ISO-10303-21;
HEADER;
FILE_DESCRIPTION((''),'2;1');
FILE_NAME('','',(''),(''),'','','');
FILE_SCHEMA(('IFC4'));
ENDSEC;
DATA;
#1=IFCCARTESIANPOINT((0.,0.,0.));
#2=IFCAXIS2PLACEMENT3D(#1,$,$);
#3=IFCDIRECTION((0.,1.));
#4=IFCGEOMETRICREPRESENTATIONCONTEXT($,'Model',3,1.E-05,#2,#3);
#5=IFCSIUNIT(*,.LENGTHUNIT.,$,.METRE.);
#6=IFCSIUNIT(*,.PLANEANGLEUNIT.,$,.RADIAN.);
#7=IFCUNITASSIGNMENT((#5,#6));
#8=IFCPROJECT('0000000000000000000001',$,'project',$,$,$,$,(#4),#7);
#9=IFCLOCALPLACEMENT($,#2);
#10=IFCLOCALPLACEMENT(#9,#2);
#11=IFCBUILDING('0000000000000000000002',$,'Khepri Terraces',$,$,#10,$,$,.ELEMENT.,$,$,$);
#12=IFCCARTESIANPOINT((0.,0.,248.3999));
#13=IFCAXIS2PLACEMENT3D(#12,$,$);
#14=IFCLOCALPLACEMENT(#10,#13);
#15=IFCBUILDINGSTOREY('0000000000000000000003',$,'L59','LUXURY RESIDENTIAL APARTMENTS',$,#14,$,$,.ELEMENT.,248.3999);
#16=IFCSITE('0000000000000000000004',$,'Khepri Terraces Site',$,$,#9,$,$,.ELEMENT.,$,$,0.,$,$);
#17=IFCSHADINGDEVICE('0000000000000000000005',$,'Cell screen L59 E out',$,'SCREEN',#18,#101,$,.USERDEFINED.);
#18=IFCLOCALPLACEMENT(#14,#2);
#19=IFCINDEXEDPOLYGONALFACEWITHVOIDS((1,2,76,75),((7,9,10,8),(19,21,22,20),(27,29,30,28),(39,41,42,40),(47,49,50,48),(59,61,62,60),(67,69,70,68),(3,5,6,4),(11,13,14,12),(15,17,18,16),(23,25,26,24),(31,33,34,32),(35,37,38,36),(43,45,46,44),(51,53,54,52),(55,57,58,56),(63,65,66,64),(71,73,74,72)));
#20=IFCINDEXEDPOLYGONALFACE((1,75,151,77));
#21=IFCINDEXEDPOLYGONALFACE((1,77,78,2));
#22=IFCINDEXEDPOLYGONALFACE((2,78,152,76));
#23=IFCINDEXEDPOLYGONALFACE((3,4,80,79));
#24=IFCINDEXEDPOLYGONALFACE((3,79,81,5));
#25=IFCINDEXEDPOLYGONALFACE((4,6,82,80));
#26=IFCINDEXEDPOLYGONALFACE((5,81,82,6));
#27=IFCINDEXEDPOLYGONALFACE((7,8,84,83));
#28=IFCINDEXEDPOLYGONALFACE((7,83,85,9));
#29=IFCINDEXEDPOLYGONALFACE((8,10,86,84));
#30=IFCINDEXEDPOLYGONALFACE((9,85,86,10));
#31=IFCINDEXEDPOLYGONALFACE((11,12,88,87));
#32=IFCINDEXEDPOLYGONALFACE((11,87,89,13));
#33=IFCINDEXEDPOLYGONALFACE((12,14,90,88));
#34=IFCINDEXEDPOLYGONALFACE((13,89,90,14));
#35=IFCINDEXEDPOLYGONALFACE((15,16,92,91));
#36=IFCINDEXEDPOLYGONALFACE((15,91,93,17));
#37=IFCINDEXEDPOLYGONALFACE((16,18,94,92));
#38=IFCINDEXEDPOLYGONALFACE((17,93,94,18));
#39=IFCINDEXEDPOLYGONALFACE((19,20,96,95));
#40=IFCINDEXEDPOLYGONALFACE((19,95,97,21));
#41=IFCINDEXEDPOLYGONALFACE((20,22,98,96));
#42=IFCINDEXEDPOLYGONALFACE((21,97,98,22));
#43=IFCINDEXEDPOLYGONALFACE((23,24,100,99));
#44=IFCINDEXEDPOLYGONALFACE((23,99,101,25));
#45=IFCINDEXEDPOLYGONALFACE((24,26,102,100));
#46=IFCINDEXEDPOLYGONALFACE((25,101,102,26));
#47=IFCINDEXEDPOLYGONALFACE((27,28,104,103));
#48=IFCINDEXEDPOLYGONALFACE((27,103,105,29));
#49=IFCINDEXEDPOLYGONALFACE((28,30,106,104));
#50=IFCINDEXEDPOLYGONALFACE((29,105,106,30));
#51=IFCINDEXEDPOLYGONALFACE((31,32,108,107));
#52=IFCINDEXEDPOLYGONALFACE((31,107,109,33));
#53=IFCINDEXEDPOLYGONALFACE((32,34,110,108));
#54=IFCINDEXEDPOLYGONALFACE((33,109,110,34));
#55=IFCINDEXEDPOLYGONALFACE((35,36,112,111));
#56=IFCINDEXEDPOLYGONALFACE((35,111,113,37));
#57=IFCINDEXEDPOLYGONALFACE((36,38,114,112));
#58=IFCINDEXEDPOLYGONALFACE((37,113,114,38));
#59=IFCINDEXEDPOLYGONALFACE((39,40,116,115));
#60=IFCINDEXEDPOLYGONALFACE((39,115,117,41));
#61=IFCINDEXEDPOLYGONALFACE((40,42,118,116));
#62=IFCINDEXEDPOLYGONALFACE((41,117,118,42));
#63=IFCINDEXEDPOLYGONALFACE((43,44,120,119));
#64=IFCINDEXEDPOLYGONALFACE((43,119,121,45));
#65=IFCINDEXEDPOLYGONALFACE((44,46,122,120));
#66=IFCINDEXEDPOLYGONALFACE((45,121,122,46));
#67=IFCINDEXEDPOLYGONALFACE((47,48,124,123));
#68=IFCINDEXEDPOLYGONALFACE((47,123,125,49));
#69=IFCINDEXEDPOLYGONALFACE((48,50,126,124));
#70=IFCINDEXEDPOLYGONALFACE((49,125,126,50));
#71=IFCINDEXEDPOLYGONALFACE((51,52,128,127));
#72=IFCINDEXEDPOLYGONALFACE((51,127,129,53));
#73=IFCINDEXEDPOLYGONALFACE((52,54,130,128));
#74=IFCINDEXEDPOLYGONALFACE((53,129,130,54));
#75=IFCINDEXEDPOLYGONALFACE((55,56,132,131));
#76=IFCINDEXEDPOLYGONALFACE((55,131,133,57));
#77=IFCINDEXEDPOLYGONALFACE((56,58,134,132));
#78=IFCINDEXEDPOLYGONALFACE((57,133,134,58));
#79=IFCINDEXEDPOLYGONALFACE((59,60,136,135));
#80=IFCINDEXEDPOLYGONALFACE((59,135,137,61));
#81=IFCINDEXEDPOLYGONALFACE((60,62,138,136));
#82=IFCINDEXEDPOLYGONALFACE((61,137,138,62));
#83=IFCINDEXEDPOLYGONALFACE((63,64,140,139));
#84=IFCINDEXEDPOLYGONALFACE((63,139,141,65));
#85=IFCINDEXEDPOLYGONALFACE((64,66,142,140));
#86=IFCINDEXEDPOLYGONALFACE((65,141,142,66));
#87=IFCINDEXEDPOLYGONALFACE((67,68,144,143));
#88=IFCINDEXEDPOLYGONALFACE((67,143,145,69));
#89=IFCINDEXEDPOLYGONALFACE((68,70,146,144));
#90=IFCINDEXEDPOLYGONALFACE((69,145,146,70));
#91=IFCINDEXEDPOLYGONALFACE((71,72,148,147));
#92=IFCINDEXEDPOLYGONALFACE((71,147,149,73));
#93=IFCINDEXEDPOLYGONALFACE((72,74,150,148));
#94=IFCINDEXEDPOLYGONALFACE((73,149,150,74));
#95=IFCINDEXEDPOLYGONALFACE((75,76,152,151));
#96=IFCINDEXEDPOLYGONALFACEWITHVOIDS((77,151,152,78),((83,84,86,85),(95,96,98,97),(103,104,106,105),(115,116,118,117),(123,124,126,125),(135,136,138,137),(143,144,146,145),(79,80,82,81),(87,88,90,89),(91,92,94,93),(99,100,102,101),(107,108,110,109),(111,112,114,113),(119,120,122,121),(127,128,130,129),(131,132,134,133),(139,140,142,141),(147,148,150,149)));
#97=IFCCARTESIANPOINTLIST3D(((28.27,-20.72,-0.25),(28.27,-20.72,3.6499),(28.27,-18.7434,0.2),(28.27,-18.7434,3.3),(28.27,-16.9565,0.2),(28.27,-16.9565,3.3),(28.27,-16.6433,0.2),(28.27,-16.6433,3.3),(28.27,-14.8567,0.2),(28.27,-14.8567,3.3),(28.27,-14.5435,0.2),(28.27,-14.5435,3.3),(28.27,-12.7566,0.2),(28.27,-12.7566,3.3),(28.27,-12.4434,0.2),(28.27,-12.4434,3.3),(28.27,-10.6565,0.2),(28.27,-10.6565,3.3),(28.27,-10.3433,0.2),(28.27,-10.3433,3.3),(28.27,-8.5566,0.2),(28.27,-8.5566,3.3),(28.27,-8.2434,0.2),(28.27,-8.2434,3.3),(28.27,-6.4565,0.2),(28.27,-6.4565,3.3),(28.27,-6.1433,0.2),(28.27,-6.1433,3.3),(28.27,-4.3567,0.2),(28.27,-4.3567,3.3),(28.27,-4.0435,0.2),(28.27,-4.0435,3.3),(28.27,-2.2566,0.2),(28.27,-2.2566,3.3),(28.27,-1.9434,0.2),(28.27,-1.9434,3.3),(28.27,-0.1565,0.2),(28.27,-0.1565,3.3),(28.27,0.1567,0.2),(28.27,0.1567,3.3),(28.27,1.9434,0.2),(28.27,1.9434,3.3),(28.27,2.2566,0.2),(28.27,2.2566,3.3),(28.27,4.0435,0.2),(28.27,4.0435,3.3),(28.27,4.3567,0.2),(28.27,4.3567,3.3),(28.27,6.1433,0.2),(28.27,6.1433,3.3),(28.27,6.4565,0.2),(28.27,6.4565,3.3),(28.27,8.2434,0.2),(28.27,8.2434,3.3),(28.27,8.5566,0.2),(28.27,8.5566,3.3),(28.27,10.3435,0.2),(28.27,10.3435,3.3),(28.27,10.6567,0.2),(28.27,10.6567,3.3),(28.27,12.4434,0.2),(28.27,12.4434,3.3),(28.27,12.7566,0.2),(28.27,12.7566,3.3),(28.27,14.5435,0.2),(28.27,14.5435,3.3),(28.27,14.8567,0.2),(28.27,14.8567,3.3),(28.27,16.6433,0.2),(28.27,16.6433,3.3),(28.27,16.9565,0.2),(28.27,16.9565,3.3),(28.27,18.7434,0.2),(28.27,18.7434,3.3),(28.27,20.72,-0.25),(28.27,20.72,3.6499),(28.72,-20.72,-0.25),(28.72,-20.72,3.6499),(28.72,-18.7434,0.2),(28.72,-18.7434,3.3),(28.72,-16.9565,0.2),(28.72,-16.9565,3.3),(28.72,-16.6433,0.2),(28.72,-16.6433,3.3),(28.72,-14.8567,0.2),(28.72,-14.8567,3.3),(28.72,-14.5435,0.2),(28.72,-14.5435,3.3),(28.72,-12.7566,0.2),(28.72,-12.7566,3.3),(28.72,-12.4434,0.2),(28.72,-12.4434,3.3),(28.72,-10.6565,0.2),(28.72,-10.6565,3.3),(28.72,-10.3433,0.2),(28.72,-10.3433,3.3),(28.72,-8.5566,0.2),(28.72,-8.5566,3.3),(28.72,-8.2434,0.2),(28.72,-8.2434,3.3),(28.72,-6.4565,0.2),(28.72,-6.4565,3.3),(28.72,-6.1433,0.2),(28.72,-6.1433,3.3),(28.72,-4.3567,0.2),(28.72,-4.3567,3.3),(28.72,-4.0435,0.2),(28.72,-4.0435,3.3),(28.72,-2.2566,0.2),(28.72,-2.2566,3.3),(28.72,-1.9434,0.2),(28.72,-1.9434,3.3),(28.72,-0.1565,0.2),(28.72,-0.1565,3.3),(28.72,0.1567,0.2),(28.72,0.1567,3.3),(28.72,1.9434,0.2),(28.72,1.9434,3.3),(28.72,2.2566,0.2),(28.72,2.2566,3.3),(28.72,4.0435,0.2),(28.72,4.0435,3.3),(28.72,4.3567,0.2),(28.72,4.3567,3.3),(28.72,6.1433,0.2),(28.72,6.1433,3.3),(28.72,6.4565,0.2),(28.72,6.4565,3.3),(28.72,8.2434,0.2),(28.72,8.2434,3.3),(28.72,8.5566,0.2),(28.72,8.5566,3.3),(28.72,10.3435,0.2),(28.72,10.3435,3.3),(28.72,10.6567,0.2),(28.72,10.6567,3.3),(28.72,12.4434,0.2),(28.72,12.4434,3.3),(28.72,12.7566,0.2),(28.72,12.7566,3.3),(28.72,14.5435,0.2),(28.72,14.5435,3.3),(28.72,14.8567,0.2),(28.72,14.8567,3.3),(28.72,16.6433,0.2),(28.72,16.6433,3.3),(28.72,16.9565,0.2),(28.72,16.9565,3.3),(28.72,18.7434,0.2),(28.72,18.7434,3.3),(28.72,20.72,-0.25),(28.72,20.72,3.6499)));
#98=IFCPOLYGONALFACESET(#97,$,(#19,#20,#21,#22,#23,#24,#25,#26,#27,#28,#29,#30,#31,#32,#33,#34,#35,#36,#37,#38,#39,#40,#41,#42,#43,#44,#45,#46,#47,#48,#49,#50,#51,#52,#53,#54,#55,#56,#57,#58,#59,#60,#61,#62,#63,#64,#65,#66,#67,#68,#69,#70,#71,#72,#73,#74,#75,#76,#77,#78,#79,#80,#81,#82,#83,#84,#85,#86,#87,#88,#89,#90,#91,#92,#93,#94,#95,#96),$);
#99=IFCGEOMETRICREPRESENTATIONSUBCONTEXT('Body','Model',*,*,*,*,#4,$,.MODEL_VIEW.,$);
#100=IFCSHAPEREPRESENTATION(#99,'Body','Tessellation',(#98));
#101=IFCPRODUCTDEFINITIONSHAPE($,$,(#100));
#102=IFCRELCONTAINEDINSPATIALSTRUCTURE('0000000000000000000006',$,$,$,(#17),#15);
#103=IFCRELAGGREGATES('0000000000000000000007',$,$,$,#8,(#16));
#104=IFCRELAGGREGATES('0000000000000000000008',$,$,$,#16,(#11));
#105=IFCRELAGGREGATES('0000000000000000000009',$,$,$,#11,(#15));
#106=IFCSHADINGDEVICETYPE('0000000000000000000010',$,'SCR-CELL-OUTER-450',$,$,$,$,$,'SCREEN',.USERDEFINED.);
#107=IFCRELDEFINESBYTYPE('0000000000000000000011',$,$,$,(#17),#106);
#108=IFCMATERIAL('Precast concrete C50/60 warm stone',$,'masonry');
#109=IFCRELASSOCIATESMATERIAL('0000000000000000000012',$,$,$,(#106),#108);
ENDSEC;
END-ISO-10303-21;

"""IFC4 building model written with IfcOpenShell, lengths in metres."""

from ifc_helpers import new_model, si_unit, direction, frame, origin, place, context, subcontext, project, spatial, polyline, outline, extrude, material, type_object, element, save


model = new_model("IFC4")

# Units and contexts
model_context = context("Model", 3, precision=1e-05, world=origin(), true_north=direction((0.0, 1.0)))
body_context = subcontext(model_context, "Body", "Model", "MODEL_VIEW")
ifc_project = project(units=[si_unit("LENGTHUNIT", "METRE"), si_unit("PLANEANGLEUNIT", "RADIAN")], contexts=[model_context])

# Site, building, storey
site_placement = place(None, origin())
site = spatial("IfcSite", under=ifc_project, at=site_placement, Name="Khepri Terraces Site", CompositionType="ELEMENT", RefElevation=0.0)
building_placement = place(site_placement, origin())
building = spatial("IfcBuilding", under=site, at=building_placement, Name="Khepri Terraces", CompositionType="ELEMENT")
storey_placement = place(building_placement, frame((0.0, 0.0, 248.3999)))
storey = spatial("IfcBuildingStorey", under=building, at=storey_placement, Name="L59", Description="LUXURY RESIDENTIAL APARTMENTS", CompositionType="ELEMENT", Elevation=248.3999)

# Shared definitions
ifc_material_1 = material(Name="Precast concrete C50/60 warm stone", Category="masonry")

# Shading device
shading_device_type_1 = type_object("IfcShadingDeviceType", Name="SCR-CELL-OUTER-450", ElementType="SCREEN", PredefinedType="USERDEFINED", material=ifc_material_1)
shading_device_1_placement = place(storey_placement, frame((28.27, -20.72, -0.25), z_axis=(1.0, 0.0, 0.0), x_axis=(0.0, 1.0, 0.0)))
element("IfcShadingDevice", 1, at=shading_device_1_placement, inside=storey, type_object=shading_device_type_1, Name="Cell screen L59 E out", ObjectType="SCREEN", PredefinedType="USERDEFINED", context=body_context, shape_type="SweptSolid", body=[
    extrude(outline(polyline([(0.0, 0.0), (41.4399, 0.0), (41.4399, 3.8999), (0.0, 3.8999), (0.0, 0.0)]), holes=[polyline([(1.9766, 0.45), (3.7634, 0.45), (3.7634, 3.55), (1.9766, 3.55), (1.9766, 0.45)]), polyline([(4.0767, 0.45), (5.8633, 0.45), (5.8633, 3.55), (4.0767, 3.55), (4.0767, 0.45)]), polyline([(6.1765, 0.45), (7.9634, 0.45), (7.9634, 3.55), (6.1765, 3.55), (6.1765, 0.45)]), polyline([(8.2766, 0.45), (10.0635, 0.45), (10.0635, 3.55), (8.2766, 3.55), (8.2766, 0.45)]), polyline([(10.3767, 0.45), (12.1633, 0.45), (12.1633, 3.55), (10.3767, 3.55), (10.3767, 0.45)]), polyline([(12.4766, 0.45), (14.2634, 0.45), (14.2634, 3.55), (12.4766, 3.55), (12.4766, 0.45)]), polyline([(14.5767, 0.45), (16.3633, 0.45), (16.3633, 3.55), (14.5767, 3.55), (14.5767, 0.45)]), polyline([(16.6765, 0.45), (18.4634, 0.45), (18.4634, 3.55), (16.6765, 3.55), (16.6765, 0.45)]), polyline([(18.7766, 0.45), (20.5635, 0.45), (20.5635, 3.55), (18.7766, 3.55), (18.7766, 0.45)]), polyline([(20.8767, 0.45), (22.6633, 0.45), (22.6633, 3.55), (20.8767, 3.55), (20.8767, 0.45)]), polyline([(22.9766, 0.45), (24.7634, 0.45), (24.7634, 3.55), (22.9766, 3.55), (22.9766, 0.45)]), polyline([(25.0767, 0.45), (26.8633, 0.45), (26.8633, 3.55), (25.0767, 3.55), (25.0767, 0.45)]), polyline([(27.1765, 0.45), (28.9634, 0.45), (28.9634, 3.55), (27.1765, 3.55), (27.1765, 0.45)]), polyline([(29.2766, 0.45), (31.0635, 0.45), (31.0635, 3.55), (29.2766, 3.55), (29.2766, 0.45)]), polyline([(31.3767, 0.45), (33.1633, 0.45), (33.1633, 3.55), (31.3767, 3.55), (31.3767, 0.45)]), polyline([(33.4766, 0.45), (35.2634, 0.45), (35.2634, 3.55), (33.4766, 3.55), (33.4766, 0.45)]), polyline([(35.5767, 0.45), (37.3633, 0.45), (37.3633, 3.55), (35.5767, 3.55), (35.5767, 0.45)]), polyline([(37.6765, 0.45), (39.4634, 0.45), (39.4634, 3.55), (37.6765, 3.55), (37.6765, 0.45)])]), origin(), (0.0, 0.0, 1.0), 0.45),
])

save(model, "model.ifc")
